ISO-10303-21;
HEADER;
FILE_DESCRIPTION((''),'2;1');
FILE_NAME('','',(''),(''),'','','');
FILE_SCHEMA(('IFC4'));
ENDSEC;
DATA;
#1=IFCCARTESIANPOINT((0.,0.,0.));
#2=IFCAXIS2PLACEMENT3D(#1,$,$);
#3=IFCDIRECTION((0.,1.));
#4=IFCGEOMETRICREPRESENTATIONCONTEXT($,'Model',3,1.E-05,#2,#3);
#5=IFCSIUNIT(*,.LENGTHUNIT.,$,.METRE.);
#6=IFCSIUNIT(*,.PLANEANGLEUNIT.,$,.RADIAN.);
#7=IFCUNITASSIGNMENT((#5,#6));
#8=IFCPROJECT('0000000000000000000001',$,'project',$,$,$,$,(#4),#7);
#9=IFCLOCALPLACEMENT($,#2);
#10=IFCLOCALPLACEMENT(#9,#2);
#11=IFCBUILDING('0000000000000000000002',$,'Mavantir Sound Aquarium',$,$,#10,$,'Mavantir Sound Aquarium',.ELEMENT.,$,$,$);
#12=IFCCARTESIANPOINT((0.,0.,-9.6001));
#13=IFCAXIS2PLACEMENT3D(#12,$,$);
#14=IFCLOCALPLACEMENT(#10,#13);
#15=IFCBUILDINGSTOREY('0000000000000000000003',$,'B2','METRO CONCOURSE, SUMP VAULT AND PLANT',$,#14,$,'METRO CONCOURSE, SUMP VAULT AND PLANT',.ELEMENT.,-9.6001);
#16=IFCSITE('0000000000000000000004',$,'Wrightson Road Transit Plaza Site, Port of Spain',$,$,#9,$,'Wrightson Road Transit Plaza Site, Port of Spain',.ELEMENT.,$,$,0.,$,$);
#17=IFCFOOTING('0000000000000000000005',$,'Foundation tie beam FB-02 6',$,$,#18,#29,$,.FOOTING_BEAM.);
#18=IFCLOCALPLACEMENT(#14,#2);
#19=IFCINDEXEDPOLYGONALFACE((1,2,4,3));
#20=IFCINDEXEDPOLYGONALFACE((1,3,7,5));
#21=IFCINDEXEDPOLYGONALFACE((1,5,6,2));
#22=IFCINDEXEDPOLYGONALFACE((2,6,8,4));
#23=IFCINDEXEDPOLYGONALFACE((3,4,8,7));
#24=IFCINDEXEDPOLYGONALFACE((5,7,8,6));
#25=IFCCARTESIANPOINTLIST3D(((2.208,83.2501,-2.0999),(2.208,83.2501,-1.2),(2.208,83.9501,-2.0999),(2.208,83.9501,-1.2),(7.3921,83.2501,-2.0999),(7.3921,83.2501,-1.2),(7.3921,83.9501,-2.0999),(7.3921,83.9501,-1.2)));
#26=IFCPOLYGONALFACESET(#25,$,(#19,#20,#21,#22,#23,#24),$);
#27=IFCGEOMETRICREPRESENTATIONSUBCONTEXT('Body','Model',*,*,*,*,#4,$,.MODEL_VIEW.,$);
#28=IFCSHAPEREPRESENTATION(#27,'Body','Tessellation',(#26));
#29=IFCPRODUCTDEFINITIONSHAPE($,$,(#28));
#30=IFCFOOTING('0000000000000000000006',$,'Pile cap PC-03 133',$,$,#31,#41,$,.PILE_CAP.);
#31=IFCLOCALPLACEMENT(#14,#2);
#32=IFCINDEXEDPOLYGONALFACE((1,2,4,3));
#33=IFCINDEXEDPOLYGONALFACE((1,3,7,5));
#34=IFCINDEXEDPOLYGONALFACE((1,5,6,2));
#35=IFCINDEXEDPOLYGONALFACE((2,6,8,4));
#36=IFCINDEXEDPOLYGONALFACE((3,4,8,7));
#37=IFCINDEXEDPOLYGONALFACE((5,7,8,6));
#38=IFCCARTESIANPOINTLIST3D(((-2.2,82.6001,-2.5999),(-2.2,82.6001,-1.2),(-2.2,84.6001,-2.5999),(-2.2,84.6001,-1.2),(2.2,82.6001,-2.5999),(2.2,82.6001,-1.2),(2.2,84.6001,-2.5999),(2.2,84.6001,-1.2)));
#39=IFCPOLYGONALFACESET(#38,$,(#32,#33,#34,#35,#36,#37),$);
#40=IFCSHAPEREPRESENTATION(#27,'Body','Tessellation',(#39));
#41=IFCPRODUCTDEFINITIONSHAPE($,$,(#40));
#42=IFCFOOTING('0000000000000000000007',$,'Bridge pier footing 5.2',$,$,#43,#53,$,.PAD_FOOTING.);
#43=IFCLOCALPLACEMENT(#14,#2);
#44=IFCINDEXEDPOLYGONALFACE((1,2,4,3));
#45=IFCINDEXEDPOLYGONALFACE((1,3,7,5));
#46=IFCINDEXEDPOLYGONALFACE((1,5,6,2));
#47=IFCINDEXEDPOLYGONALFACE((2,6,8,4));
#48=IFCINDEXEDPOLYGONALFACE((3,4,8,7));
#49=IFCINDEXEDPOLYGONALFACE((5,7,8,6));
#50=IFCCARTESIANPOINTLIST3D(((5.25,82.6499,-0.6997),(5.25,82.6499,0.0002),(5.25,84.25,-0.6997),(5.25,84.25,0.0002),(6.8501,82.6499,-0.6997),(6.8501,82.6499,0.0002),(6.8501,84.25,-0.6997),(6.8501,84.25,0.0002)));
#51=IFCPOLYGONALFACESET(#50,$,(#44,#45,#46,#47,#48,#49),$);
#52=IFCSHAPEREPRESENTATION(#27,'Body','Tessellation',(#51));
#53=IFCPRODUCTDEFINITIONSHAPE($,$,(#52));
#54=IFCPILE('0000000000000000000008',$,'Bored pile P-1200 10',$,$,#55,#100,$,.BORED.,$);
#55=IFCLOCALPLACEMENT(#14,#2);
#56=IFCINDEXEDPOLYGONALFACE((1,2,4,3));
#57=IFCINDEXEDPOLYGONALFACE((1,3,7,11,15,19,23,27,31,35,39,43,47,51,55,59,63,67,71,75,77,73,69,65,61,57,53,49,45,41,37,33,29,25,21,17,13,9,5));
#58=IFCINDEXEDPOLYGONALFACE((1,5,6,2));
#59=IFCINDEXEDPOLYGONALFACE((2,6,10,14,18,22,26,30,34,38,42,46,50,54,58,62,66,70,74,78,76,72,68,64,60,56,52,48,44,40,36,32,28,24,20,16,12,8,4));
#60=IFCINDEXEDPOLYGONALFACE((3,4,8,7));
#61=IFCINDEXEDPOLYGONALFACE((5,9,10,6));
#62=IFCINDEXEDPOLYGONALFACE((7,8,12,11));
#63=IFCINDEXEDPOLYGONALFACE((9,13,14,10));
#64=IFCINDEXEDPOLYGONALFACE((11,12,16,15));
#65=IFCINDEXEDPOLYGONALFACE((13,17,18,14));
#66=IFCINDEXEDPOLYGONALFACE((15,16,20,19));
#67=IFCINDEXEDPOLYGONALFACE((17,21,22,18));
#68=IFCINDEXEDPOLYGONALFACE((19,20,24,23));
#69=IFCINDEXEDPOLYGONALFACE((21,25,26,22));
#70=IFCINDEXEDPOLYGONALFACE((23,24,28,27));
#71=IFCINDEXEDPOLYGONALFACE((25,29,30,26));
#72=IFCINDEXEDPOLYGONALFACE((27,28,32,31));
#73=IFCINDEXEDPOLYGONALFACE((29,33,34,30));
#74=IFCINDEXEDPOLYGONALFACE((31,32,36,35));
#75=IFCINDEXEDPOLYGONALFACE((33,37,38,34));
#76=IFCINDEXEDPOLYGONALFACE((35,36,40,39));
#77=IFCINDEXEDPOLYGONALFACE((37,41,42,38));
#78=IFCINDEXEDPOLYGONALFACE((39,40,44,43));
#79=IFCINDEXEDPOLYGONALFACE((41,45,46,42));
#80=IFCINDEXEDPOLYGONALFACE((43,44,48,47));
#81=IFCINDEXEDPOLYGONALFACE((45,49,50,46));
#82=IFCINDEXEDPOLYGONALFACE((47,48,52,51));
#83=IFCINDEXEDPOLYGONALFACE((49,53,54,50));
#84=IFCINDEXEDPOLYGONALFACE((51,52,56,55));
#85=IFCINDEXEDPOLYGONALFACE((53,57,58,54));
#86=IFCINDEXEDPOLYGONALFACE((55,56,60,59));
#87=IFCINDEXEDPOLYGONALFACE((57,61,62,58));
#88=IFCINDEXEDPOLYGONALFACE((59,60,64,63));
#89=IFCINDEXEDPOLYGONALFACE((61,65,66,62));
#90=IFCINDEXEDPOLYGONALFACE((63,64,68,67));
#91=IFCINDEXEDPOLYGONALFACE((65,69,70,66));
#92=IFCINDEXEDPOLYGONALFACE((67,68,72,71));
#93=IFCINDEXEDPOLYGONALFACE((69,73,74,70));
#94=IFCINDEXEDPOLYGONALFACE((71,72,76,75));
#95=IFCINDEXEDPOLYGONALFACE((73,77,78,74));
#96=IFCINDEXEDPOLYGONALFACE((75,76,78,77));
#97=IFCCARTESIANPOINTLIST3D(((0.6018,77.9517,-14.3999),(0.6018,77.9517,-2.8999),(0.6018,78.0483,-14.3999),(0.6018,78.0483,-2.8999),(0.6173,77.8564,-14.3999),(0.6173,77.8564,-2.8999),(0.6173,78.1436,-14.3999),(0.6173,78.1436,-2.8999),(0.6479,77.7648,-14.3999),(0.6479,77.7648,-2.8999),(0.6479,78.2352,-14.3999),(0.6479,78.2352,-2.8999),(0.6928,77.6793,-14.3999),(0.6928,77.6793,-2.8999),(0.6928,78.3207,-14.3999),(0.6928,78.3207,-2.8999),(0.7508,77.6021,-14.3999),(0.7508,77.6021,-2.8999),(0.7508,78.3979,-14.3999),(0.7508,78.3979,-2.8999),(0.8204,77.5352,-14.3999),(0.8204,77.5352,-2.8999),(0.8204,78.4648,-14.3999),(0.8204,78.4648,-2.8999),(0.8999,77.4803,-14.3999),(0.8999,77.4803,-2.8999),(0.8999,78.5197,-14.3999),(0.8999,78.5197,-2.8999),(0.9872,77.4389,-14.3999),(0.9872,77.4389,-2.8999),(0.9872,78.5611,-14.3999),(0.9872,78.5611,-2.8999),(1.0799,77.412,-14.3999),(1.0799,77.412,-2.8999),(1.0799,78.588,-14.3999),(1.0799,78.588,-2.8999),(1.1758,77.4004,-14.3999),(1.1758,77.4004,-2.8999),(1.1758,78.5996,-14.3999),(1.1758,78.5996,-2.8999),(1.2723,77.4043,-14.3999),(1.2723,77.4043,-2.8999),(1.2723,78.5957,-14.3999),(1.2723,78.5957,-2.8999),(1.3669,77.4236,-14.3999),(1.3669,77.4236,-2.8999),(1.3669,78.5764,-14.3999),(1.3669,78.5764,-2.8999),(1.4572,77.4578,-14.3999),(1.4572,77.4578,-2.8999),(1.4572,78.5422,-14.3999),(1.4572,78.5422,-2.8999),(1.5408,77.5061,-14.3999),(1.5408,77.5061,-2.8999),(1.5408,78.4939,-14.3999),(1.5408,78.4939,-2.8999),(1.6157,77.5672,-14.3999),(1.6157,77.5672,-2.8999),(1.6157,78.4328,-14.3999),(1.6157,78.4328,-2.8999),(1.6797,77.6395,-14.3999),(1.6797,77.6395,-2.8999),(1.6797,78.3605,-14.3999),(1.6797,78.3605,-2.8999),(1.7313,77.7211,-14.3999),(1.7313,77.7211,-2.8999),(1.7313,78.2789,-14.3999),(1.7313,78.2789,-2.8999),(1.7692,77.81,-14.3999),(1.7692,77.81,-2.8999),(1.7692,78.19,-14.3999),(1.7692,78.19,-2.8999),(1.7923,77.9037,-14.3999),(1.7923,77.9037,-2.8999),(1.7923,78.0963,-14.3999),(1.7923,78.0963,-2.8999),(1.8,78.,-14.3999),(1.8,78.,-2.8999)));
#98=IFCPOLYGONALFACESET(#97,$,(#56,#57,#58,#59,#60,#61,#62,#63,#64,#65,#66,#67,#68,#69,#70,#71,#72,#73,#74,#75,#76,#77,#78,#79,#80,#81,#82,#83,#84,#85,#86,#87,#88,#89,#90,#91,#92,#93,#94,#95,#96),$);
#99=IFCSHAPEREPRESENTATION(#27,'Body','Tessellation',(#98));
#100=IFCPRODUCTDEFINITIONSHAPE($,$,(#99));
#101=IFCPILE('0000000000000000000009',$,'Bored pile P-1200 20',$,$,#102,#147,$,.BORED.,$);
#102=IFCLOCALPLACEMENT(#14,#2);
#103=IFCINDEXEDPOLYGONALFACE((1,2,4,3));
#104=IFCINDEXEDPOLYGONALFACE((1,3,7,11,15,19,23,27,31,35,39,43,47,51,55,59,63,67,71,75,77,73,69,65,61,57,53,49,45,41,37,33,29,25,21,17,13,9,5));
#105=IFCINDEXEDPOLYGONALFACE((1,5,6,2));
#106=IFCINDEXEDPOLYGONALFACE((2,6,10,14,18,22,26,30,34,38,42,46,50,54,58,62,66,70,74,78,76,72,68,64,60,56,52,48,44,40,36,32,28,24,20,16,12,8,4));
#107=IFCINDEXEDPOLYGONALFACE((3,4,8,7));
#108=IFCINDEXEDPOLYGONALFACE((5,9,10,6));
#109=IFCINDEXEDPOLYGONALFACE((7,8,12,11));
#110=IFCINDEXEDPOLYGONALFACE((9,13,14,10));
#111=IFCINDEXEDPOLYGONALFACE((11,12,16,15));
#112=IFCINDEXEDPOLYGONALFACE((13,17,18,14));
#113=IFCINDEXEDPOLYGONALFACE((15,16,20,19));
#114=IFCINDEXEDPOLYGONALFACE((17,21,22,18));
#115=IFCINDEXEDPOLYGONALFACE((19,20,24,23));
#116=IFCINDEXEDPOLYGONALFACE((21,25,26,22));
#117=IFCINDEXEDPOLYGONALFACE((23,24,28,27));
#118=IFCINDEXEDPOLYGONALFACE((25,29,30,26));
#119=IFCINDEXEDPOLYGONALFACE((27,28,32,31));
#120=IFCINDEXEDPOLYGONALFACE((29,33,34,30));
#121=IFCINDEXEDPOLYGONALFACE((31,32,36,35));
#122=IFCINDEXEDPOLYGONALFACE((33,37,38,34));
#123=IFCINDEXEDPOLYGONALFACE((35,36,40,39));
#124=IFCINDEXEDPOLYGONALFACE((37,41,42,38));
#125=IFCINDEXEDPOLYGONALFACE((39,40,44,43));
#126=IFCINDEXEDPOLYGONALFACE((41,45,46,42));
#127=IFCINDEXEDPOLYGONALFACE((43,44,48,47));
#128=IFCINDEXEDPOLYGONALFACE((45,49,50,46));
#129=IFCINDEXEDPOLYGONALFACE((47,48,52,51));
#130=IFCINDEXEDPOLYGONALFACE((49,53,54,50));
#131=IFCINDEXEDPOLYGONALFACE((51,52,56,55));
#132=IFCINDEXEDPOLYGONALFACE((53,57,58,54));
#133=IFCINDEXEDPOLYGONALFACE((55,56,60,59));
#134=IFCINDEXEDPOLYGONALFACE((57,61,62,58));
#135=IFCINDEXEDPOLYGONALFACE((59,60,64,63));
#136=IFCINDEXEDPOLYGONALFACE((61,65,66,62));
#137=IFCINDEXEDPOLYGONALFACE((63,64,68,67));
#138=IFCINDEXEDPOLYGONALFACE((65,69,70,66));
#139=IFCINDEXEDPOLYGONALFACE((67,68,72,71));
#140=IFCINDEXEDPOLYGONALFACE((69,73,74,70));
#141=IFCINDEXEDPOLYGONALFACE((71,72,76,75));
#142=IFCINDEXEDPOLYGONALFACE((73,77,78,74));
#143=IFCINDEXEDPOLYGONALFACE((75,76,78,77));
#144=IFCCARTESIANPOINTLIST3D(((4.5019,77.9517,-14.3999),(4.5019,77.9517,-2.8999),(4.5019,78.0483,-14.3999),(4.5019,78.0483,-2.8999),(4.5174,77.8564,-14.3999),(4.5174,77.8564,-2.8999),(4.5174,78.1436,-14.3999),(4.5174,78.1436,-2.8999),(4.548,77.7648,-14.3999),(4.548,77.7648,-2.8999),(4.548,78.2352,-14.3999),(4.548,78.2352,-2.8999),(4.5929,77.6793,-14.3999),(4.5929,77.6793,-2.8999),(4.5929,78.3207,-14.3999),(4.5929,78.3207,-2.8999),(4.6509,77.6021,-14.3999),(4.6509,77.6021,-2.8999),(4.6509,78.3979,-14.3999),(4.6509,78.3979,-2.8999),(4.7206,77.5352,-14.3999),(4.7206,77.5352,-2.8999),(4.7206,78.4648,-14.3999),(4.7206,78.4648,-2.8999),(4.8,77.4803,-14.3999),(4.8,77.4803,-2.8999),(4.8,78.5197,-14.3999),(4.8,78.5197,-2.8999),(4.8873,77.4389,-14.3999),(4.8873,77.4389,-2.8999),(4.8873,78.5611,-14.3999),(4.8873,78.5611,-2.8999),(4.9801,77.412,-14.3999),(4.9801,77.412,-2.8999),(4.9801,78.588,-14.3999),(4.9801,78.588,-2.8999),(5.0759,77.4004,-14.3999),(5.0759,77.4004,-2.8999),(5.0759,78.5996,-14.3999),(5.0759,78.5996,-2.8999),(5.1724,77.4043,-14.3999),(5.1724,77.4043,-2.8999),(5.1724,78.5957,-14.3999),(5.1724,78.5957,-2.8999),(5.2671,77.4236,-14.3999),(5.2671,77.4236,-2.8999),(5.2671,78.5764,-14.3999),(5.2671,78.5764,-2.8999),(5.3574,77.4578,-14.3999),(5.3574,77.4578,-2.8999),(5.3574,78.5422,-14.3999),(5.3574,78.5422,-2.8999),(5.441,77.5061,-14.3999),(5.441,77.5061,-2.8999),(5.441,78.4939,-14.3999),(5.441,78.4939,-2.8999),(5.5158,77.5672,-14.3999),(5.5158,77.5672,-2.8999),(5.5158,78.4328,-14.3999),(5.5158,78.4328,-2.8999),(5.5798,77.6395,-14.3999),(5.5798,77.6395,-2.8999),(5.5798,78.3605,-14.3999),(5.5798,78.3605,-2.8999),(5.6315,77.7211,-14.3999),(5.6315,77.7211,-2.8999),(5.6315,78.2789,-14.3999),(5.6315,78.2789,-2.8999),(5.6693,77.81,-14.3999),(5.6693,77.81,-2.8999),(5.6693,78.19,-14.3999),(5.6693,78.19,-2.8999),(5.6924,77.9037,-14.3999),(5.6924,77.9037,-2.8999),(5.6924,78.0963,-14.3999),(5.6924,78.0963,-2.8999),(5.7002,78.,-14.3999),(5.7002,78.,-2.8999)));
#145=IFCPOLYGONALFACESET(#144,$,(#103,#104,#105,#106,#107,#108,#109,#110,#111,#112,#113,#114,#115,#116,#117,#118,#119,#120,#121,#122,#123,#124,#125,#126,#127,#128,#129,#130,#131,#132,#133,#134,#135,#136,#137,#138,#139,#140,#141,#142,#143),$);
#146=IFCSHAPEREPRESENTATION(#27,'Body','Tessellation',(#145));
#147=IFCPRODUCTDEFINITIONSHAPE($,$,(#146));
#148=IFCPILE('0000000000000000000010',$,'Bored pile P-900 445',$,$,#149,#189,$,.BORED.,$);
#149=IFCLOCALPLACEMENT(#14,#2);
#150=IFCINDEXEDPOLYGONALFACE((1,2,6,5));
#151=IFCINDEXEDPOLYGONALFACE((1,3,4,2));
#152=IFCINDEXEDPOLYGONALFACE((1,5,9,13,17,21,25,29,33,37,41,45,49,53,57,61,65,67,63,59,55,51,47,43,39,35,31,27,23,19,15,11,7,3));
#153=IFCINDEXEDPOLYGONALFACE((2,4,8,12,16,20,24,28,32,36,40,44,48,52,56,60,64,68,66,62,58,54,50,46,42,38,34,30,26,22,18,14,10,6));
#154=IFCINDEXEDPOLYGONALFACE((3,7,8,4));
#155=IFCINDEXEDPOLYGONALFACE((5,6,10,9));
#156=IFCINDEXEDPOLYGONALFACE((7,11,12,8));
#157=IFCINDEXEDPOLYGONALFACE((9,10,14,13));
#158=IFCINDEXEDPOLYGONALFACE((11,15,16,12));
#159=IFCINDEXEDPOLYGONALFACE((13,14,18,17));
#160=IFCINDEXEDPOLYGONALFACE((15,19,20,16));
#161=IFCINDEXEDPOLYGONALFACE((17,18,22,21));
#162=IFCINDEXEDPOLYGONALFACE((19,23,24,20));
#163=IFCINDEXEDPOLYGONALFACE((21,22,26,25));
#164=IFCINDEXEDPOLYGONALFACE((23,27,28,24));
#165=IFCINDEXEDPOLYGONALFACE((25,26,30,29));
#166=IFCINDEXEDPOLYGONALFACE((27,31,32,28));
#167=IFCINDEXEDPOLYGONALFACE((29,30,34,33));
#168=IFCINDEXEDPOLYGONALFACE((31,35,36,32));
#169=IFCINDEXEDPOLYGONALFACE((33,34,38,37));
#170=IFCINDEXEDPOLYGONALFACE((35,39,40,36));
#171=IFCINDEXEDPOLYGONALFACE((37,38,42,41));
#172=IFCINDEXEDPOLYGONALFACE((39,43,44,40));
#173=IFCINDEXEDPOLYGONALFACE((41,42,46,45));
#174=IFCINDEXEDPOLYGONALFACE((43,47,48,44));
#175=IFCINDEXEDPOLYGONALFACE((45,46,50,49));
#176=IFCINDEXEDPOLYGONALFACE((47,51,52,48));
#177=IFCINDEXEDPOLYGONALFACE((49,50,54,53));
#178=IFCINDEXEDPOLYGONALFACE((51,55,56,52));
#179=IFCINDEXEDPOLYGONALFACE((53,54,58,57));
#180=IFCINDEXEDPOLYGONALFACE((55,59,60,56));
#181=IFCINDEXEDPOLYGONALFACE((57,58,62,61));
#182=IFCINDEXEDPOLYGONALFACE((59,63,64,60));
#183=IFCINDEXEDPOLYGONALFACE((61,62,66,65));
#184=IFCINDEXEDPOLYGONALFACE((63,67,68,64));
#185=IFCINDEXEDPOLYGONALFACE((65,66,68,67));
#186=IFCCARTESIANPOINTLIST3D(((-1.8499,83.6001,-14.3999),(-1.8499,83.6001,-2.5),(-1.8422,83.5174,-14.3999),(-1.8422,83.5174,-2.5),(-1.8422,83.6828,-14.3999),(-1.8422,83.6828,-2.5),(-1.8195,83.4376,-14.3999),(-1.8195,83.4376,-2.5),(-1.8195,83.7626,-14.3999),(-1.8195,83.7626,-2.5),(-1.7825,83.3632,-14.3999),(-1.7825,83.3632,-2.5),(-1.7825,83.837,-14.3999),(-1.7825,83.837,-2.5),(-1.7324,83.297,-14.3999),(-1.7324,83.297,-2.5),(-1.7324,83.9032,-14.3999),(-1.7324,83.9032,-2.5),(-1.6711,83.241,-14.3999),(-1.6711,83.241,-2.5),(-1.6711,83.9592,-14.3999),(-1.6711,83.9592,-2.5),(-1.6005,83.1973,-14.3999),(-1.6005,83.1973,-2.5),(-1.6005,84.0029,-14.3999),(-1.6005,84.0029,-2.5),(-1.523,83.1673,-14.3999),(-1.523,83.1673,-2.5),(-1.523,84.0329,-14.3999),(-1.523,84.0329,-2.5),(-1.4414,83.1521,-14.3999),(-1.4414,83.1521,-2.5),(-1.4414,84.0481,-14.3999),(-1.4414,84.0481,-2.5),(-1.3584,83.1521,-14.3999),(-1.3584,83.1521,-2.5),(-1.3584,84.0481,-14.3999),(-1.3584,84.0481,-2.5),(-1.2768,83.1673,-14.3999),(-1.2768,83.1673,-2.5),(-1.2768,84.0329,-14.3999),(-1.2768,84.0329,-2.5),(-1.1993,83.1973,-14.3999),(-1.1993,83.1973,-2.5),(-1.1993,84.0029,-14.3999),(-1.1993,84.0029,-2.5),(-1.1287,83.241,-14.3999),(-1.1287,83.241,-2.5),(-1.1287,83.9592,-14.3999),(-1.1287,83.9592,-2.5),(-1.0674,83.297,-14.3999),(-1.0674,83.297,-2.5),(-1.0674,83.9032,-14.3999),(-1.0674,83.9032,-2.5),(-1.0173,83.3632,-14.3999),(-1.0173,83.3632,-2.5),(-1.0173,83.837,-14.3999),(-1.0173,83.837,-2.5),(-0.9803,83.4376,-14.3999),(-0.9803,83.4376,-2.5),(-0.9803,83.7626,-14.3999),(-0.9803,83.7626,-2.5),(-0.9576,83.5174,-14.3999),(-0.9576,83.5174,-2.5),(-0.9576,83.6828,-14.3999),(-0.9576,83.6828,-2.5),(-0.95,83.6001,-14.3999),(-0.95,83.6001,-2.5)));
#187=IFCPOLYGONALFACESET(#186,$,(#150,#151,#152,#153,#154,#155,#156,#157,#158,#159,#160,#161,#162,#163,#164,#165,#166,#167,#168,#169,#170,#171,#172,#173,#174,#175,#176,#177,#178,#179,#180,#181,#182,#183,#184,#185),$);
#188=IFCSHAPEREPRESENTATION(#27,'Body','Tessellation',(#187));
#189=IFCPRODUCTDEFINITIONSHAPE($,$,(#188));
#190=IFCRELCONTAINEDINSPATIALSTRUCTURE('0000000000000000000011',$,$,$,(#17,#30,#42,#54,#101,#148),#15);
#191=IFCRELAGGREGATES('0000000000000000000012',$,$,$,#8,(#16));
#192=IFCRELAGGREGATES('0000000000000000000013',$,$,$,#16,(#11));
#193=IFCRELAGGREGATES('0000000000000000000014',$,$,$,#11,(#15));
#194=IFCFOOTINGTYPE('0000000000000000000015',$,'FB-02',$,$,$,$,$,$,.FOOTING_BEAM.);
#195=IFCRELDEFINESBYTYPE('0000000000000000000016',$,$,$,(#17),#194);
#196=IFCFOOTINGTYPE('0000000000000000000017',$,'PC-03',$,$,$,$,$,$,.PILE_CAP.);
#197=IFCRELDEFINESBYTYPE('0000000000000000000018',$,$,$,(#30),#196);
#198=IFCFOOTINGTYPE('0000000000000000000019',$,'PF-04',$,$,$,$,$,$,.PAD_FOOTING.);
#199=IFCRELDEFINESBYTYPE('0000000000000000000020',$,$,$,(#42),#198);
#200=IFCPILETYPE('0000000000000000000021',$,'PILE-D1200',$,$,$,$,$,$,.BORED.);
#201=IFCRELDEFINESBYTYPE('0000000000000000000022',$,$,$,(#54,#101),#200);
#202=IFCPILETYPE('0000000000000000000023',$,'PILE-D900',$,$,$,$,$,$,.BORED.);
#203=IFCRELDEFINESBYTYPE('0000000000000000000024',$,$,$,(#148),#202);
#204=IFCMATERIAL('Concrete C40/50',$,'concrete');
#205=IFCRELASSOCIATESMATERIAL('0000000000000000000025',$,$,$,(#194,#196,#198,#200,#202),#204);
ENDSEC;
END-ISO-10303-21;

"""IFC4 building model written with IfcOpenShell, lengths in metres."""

from ifc_helpers import new_model, si_unit, direction, frame, origin, origin_2d, place, context, subcontext, project, spatial, rectangle, circle, extrude, material, material_profile, profile_set, type_object, element, save


model = new_model("IFC4")

# Units and contexts
model_context = context("Model", 3, precision=1e-05, world=origin(), true_north=direction((0.0, 1.0)))
body_context = subcontext(model_context, "Body", "Model", "MODEL_VIEW")
ifc_project = project(units=[si_unit("LENGTHUNIT", "METRE"), si_unit("PLANEANGLEUNIT", "RADIAN")], contexts=[model_context])

# Site, building, storey
site_placement = place(None, origin())
site = spatial("IfcSite", under=ifc_project, at=site_placement, Name="Wrightson Road Transit Plaza Site, Port of Spain", LongName="Wrightson Road Transit Plaza Site, Port of Spain", CompositionType="ELEMENT", RefElevation=0.0)
building_placement = place(site_placement, origin())
building = spatial("IfcBuilding", under=site, at=building_placement, Name="Mavantir Sound Aquarium", LongName="Mavantir Sound Aquarium", CompositionType="ELEMENT")
storey_placement = place(building_placement, frame((0.0, 0.0, -9.6001)))
storey = spatial("IfcBuildingStorey", under=building, at=storey_placement, Name="B2", Description="METRO CONCOURSE, SUMP VAULT AND PLANT", LongName="METRO CONCOURSE, SUMP VAULT AND PLANT", CompositionType="ELEMENT", Elevation=-9.6001)

# Footings
ifc_material_1 = material(Name="Concrete C40/50", Category="concrete")
ifc_material_profile_1 = material_profile(ifc_material_1, rectangle(XDim=0.7, YDim=0.8999, at=origin_2d()), Name="RC 700X900")
ifc_profile_set_1 = profile_set([ifc_material_profile_1], Name="Concrete C40/50")
footing_type_1 = type_object("IfcFootingType", Name="FB-02", PredefinedType="FOOTING_BEAM", material=ifc_profile_set_1)
footing_1_placement = place(storey_placement, frame((2.208, 83.6001, -1.6499), z_axis=(1.0, 0.0, 0.0), x_axis=(0.0, 1.0, 0.0)))
element("IfcFooting", 1, at=footing_1_placement, inside=storey, type_object=footing_type_1, Name="Foundation tie beam FB-02 6", PredefinedType="FOOTING_BEAM", context=body_context, shape_type="SweptSolid", body=[
    extrude(rectangle(XDim=0.7, YDim=0.8999, at=origin_2d()), origin(), (0.0, 0.0, 1.0), 5.1841),
])
footing_type_2 = type_object("IfcFootingType", Name="PC-03", PredefinedType="PILE_CAP", material=ifc_material_1)
footing_2_placement = place(storey_placement, frame((0.0, 83.6001, -2.5999), z_axis=(0.0, 0.0, 1.0), x_axis=(1.0, 0.0, 0.0)))
element("IfcFooting", 2, at=footing_2_placement, inside=storey, type_object=footing_type_2, Name="Pile cap PC-03 133", PredefinedType="PILE_CAP", context=body_context, shape_type="SweptSolid", body=[
    extrude(rectangle(XDim=4.3999, YDim=2.0, at=origin_2d()), origin(), (0.0, 0.0, 1.0), 1.3999),
])
footing_type_3 = type_object("IfcFootingType", Name="PF-04", PredefinedType="PAD_FOOTING", material=ifc_material_1)
footing_3_placement = place(storey_placement, frame((6.05, 83.45, -0.6997), z_axis=(0.0, 0.0, 1.0), x_axis=(1.0, 0.0, 0.0)))
element("IfcFooting", 3, at=footing_3_placement, inside=storey, type_object=footing_type_3, Name="Bridge pier footing 5.2", PredefinedType="PAD_FOOTING", context=body_context, shape_type="SweptSolid", body=[
    extrude(rectangle(XDim=1.6001, YDim=1.6001, at=origin_2d()), origin(), (0.0, 0.0, 1.0), 0.7),
])

# Piles
ifc_material_profile_2 = material_profile(ifc_material_1, circle(Radius=0.6001, at=origin_2d()), Name="PILE D1200")
ifc_profile_set_2 = profile_set([ifc_material_profile_2], Name="Concrete C40/50")
pile_type_1 = type_object("IfcPileType", Name="PILE-D1200", PredefinedType="BORED", material=ifc_profile_set_2)
for number, where, z_axis, x_axis, name in (
    (4, (1.2, 78.0, -2.8999), (0.0, 0.0, -1.0), (1.0, 0.0, 0.0), "Bored pile P-1200 10"),
    (5, (5.1001, 78.0, -2.8999), (0.0, 0.0, -1.0), (1.0, 0.0, 0.0), "Bored pile P-1200 20"),
):
    element("IfcPile", number, at=place(storey_placement, frame(where, z_axis=z_axis, x_axis=x_axis)), inside=storey, type_object=pile_type_1, Name=name, PredefinedType="BORED", context=body_context, shape_type="SweptSolid", body=[
        extrude(circle(Radius=0.6001, at=origin_2d()), origin(), (0.0, 0.0, 1.0), 11.5),
    ])
ifc_material_profile_3 = material_profile(ifc_material_1, circle(Radius=0.45, at=origin_2d()), Name="PILE D900")
ifc_profile_set_3 = profile_set([ifc_material_profile_3], Name="Concrete C40/50")
pile_type_2 = type_object("IfcPileType", Name="PILE-D900", PredefinedType="BORED", material=ifc_profile_set_3)
for number, where, z_axis, x_axis, name in (
    (6, (-1.3999, 83.6001, -2.5), (0.0, 0.0, -1.0), (1.0, 0.0, 0.0), "Bored pile P-900 445"),
):
    element("IfcPile", number, at=place(storey_placement, frame(where, z_axis=z_axis, x_axis=x_axis)), inside=storey, type_object=pile_type_2, Name=name, PredefinedType="BORED", context=body_context, shape_type="SweptSolid", body=[
        extrude(circle(Radius=0.45, at=origin_2d()), origin(), (0.0, 0.0, 1.0), 11.8999),
    ])

save(model, "model.ifc")
